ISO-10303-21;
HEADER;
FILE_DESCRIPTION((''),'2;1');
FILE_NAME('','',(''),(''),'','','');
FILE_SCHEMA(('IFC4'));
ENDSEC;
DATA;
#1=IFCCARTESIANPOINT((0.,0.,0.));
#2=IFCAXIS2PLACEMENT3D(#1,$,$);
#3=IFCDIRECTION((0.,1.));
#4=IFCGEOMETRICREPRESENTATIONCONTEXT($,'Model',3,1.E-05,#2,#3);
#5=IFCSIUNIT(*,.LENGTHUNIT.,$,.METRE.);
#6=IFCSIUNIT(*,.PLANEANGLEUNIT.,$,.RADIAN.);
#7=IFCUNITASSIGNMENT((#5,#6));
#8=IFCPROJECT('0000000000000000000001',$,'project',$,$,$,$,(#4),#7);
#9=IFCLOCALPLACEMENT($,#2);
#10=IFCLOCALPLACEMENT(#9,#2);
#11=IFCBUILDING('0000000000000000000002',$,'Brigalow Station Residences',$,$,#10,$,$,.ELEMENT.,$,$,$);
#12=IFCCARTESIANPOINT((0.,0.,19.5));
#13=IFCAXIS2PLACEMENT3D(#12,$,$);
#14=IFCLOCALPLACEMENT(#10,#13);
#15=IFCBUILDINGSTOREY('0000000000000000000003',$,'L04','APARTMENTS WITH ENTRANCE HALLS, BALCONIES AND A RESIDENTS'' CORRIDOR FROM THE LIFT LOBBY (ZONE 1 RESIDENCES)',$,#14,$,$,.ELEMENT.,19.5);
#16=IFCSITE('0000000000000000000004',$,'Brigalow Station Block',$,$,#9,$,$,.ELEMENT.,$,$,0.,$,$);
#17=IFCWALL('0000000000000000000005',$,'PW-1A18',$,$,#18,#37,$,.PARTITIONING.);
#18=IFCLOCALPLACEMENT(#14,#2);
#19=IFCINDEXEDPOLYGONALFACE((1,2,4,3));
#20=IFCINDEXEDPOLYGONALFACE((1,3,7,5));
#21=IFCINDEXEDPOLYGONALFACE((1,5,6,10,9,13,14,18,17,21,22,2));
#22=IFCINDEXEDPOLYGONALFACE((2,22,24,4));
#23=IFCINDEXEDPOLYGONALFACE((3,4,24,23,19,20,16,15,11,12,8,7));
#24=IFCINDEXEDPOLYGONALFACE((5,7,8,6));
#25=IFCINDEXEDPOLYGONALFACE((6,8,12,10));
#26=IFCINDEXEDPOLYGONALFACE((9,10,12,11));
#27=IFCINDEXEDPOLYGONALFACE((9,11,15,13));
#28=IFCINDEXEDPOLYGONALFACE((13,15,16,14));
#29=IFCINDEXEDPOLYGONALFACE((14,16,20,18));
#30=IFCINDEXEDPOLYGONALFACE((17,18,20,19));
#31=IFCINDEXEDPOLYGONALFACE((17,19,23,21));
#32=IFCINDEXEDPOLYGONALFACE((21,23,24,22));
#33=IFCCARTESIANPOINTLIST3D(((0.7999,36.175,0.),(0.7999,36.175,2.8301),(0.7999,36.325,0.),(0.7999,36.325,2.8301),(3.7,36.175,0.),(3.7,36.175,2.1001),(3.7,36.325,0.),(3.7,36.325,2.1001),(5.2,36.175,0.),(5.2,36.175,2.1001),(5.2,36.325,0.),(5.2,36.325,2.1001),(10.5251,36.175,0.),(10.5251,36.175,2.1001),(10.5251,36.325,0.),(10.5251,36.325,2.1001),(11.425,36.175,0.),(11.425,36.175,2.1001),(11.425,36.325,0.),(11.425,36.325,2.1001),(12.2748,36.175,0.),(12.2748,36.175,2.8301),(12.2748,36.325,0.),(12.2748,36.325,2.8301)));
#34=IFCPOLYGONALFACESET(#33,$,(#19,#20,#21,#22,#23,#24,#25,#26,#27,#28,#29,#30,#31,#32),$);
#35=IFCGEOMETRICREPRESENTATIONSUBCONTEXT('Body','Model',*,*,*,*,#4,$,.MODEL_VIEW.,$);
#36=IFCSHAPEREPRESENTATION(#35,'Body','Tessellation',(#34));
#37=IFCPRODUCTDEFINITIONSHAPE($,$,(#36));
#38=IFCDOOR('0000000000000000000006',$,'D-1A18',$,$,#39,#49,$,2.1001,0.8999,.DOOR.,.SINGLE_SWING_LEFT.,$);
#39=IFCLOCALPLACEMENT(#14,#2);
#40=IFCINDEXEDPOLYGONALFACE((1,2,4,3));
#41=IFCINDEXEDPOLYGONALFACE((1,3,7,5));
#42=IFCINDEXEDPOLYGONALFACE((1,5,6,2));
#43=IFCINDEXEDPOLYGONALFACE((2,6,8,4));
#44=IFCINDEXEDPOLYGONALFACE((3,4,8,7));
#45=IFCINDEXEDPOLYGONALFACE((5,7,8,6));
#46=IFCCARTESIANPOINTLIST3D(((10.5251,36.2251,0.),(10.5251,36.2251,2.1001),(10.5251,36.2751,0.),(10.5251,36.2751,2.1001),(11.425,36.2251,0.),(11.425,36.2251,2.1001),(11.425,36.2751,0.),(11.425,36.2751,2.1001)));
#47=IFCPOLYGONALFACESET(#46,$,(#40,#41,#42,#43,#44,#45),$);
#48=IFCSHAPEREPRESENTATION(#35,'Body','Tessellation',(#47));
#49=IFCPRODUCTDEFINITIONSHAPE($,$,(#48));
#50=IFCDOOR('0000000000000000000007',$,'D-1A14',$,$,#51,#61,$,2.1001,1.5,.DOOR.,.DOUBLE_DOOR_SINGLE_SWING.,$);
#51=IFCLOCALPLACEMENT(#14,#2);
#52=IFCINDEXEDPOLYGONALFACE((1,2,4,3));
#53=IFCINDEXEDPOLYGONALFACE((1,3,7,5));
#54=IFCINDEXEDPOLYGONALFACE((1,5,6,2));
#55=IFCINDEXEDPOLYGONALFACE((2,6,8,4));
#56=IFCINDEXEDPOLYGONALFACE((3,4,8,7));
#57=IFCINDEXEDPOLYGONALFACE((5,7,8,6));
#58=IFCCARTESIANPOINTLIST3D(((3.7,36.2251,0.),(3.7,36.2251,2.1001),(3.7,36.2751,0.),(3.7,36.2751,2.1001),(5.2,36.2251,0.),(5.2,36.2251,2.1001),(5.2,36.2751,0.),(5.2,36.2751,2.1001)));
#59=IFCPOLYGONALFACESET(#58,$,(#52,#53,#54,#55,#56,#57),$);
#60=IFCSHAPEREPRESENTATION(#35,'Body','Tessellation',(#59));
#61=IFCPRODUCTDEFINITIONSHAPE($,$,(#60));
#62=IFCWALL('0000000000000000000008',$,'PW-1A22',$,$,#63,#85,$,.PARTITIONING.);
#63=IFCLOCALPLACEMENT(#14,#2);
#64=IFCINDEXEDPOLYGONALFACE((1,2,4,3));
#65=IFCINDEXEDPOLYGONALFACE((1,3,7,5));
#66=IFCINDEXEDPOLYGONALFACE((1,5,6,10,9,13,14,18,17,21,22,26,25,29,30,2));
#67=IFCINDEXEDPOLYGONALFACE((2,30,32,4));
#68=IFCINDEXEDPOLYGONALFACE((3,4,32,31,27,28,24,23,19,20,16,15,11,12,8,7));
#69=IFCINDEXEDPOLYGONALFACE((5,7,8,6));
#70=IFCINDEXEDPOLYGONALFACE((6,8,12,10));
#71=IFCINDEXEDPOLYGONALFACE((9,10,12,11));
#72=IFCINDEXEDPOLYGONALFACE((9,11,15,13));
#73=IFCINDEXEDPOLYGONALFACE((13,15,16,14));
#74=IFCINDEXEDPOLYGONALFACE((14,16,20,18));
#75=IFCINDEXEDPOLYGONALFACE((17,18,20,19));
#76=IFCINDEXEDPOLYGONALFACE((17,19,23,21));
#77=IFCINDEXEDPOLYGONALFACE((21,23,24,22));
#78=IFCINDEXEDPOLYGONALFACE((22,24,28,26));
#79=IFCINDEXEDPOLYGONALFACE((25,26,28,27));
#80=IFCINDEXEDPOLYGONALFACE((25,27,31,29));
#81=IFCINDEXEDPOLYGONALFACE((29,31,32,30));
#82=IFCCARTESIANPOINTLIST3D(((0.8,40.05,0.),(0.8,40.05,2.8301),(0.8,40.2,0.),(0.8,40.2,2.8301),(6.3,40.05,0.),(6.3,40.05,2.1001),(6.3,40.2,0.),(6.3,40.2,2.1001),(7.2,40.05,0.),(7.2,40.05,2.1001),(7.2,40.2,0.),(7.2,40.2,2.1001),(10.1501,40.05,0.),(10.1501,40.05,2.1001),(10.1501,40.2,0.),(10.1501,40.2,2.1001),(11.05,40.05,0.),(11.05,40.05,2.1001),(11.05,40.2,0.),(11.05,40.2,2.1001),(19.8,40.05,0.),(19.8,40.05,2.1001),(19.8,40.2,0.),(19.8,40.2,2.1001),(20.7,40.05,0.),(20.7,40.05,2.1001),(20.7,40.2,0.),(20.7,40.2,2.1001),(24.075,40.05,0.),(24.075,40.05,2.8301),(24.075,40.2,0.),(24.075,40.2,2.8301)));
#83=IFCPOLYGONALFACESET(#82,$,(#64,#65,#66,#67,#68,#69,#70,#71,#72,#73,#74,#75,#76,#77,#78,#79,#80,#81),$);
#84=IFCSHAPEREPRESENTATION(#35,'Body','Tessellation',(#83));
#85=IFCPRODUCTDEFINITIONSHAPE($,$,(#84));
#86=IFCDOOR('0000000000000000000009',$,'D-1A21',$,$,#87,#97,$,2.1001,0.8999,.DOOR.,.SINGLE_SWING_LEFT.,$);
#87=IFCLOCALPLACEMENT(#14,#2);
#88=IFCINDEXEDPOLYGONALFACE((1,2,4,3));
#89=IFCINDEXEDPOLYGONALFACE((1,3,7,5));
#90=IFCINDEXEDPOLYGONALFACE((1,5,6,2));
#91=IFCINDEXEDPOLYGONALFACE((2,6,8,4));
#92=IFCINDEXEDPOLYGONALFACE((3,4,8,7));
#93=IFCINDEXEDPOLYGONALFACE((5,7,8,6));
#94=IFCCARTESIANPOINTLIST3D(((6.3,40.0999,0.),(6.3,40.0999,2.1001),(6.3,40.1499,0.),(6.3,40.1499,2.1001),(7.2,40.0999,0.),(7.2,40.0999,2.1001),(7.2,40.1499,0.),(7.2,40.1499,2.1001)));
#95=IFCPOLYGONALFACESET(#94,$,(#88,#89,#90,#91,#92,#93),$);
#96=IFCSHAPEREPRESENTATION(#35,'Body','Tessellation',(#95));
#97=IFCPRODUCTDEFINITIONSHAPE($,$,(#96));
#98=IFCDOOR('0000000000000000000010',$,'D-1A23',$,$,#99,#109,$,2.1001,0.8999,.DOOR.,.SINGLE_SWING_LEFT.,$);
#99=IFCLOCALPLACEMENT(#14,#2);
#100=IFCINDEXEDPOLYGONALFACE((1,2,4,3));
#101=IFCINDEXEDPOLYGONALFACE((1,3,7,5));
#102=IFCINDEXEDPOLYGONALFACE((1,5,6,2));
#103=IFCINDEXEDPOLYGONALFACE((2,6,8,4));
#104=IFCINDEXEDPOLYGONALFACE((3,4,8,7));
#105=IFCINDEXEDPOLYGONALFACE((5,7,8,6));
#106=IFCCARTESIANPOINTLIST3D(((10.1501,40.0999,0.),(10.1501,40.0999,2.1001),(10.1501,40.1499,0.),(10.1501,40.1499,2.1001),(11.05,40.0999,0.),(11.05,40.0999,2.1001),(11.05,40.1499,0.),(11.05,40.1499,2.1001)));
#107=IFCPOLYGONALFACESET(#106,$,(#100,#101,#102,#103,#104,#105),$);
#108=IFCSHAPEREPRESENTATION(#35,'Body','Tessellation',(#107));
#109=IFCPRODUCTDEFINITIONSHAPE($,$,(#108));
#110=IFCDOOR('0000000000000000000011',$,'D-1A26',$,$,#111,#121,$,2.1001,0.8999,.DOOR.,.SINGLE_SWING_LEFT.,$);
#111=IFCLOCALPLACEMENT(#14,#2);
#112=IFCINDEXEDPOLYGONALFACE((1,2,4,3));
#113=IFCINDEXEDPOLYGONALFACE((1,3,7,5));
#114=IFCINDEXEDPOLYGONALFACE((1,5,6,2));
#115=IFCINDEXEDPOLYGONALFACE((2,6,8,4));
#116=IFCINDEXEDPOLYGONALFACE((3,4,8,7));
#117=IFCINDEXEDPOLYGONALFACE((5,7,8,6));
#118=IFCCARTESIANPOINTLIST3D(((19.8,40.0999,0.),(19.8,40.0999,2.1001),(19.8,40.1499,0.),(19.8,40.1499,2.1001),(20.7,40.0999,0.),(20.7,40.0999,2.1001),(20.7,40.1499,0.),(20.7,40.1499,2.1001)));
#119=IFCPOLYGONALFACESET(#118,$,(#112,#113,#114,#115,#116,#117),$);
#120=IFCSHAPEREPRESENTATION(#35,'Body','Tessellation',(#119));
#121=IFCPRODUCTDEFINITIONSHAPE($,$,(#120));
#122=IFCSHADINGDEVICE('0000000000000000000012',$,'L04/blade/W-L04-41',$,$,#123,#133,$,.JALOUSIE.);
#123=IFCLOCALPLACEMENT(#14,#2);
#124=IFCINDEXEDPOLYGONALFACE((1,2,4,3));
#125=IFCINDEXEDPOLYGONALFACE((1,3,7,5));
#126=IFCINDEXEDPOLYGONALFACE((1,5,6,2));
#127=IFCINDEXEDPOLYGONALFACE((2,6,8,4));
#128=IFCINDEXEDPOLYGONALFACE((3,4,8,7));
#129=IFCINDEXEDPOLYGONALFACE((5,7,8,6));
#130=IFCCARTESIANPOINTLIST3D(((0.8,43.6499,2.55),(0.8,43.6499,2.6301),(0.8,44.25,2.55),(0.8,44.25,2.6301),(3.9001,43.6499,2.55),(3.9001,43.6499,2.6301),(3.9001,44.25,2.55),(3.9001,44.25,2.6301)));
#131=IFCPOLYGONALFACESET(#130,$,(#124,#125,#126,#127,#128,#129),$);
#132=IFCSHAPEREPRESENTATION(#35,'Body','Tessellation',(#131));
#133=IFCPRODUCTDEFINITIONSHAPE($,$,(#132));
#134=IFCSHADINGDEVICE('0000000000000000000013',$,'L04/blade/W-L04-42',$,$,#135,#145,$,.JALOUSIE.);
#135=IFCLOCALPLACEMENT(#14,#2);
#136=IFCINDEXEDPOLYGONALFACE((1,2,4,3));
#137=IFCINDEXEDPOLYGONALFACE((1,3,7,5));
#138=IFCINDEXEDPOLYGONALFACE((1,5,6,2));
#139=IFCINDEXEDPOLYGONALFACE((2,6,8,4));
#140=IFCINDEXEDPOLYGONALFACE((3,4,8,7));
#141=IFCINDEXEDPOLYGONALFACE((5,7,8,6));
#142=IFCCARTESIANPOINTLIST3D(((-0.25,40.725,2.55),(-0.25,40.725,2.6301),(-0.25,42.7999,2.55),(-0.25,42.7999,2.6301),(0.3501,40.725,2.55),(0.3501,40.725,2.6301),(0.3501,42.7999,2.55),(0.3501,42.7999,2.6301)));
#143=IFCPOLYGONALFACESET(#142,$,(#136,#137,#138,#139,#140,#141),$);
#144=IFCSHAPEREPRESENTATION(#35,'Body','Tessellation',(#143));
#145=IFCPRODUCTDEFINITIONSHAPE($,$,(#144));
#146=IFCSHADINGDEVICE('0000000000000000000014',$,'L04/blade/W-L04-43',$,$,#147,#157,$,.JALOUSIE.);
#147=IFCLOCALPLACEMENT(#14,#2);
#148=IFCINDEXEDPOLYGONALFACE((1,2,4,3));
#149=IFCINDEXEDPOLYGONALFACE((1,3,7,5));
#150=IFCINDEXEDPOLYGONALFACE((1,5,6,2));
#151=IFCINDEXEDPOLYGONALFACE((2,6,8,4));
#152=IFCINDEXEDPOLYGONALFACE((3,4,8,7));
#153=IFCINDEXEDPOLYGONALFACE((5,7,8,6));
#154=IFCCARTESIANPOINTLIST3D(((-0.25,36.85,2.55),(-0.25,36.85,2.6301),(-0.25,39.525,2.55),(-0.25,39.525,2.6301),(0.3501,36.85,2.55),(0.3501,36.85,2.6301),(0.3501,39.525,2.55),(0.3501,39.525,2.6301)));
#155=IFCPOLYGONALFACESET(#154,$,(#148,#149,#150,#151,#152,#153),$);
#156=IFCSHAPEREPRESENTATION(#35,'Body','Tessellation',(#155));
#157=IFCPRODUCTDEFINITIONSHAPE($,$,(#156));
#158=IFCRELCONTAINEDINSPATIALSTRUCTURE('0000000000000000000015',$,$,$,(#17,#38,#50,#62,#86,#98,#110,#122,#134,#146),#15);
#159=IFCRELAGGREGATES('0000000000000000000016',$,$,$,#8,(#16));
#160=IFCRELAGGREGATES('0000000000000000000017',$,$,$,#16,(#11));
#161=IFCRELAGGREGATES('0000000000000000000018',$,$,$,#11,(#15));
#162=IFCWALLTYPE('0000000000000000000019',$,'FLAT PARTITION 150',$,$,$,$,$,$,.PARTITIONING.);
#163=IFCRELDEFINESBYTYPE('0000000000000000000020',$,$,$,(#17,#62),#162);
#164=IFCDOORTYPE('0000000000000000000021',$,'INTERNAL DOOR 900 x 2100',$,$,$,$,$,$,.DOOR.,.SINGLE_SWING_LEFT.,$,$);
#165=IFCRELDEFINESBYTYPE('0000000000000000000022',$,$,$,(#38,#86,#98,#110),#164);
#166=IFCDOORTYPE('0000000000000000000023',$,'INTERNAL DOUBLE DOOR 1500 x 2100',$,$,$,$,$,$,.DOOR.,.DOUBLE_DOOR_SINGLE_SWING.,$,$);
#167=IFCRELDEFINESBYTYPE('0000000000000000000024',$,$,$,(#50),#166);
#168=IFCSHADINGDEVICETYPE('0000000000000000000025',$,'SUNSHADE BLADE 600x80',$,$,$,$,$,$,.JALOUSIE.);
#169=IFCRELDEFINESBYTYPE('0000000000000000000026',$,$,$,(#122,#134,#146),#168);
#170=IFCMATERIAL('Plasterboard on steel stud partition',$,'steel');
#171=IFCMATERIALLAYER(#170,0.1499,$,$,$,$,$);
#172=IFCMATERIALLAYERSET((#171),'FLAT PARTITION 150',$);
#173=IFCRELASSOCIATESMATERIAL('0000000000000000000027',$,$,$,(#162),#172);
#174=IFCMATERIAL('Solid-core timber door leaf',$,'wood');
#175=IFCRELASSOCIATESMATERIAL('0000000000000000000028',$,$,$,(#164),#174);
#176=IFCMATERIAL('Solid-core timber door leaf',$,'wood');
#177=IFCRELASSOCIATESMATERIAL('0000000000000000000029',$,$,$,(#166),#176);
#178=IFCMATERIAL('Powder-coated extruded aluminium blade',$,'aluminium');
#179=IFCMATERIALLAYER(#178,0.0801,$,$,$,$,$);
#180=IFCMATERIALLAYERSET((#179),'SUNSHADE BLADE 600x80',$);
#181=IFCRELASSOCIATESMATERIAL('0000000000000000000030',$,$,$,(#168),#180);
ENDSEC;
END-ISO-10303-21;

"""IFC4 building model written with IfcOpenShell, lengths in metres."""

from ifc_helpers import new_model, si_unit, direction, frame, frame_2d, origin, origin_2d, place, context, subcontext, project, spatial, rectangle, extrude, material, layer, layer_set, type_object, element, fill, save


model = new_model("IFC4")

# Units and contexts
model_context = context("Model", 3, precision=1e-05, world=origin(), true_north=direction((0.0, 1.0)))
body_context = subcontext(model_context, "Body", "Model", "MODEL_VIEW")
ifc_project = project(units=[si_unit("LENGTHUNIT", "METRE"), si_unit("PLANEANGLEUNIT", "RADIAN")], contexts=[model_context])

# Site, building, storey
site_placement = place(None, origin())
site = spatial("IfcSite", under=ifc_project, at=site_placement, Name="Brigalow Station Block", CompositionType="ELEMENT", RefElevation=0.0)
building_placement = place(site_placement, origin())
building = spatial("IfcBuilding", under=site, at=building_placement, Name="Brigalow Station Residences", CompositionType="ELEMENT")
storey_placement = place(building_placement, frame((0.0, 0.0, 19.5)))
storey = spatial("IfcBuildingStorey", under=building, at=storey_placement, Name="L04", Description="APARTMENTS WITH ENTRANCE HALLS, BALCONIES AND A RESIDENTS' CORRIDOR FROM THE LIFT LOBBY (ZONE 1 RESIDENCES)", CompositionType="ELEMENT", Elevation=19.5)

# Walls, openings, doors
ifc_material_1 = material(Name="Plasterboard on steel stud partition", Category="steel")
ifc_layer_1 = layer(ifc_material_1, 0.1499)
ifc_layer_set_1 = layer_set([ifc_layer_1], Name="FLAT PARTITION 150")
wall_type_1 = type_object("IfcWallType", Name="FLAT PARTITION 150", PredefinedType="PARTITIONING", material=ifc_layer_set_1)
wall_1_placement = place(storey_placement, frame((0.8, 36.25, 0.0), z_axis=(0.0, 0.0, 1.0), x_axis=(1.0, 0.0, 0.0)))
wall_1 = element("IfcWall", 1, at=wall_1_placement, inside=storey, type_object=wall_type_1, Name="PW-1A18", PredefinedType="PARTITIONING", context=body_context, shape_type="SweptSolid", body=[
    extrude(rectangle(XDim=11.4749, YDim=0.1499, at=frame_2d((5.7373, 0.0))), origin(), (0.0, 0.0, 1.0), 2.8301),
])
opening_1_placement = place(wall_1_placement, frame((2.8999, 0.0, 0.0)))
opening_1 = element("IfcOpeningElement", 2, at=opening_1_placement, cuts=wall_1, PredefinedType="OPENING", context=body_context, shape_type="SweptSolid", body=[
    extrude(rectangle(XDim=1.5, YDim=2.1001, at=frame_2d((0.75, 1.05))), frame((0.0, 0.085, 0.0), z_axis=(0.0, -1.0, 0.0), x_axis=(1.0, 0.0, 0.0)), (0.0, 0.0, 1.0), 0.1699),
])
opening_2_placement = place(wall_1_placement, frame((9.7251, 0.0, 0.0)))
opening_2 = element("IfcOpeningElement", 3, at=opening_2_placement, cuts=wall_1, PredefinedType="OPENING", context=body_context, shape_type="SweptSolid", body=[
    extrude(rectangle(XDim=0.8999, YDim=2.1001, at=frame_2d((0.45, 1.05))), frame((0.0, 0.085, 0.0), z_axis=(0.0, -1.0, 0.0), x_axis=(1.0, 0.0, 0.0)), (0.0, 0.0, 1.0), 0.1699),
])
ifc_material_2 = material(Name="Solid-core timber door leaf", Category="wood")
door_type_1 = type_object("IfcDoorType", Name="INTERNAL DOOR 900 x 2100", OperationType="SINGLE_SWING_LEFT", PredefinedType="DOOR", material=ifc_material_2)
door_1_placement = place(opening_2_placement, frame((0.8999, 0.0, 0.0), z_axis=(0.0, 0.0, 1.0), x_axis=(-1.0, 0.0, 0.0)))
door_1 = element("IfcDoor", 4, at=door_1_placement, inside=storey, type_object=door_type_1, Name="D-1A18", OperationType="SINGLE_SWING_LEFT", OverallHeight=2.1001, OverallWidth=0.8999, PredefinedType="DOOR", context=body_context, shape_type="SweptSolid", body=[
    extrude(rectangle(XDim=0.8999, YDim=2.1001, at=frame_2d((0.45, 1.05))), frame((0.0, 0.0249, 0.0), z_axis=(0.0, -1.0, 0.0), x_axis=(1.0, 0.0, 0.0)), (0.0, 0.0, 1.0), 0.05),
])
fill(opening_2, door_1)
ifc_material_3 = material(Name="Solid-core timber door leaf", Category="wood")
door_type_2 = type_object("IfcDoorType", Name="INTERNAL DOUBLE DOOR 1500 x 2100", OperationType="DOUBLE_DOOR_SINGLE_SWING", PredefinedType="DOOR", material=ifc_material_3)
door_2_placement = place(opening_1_placement, frame((1.5, 0.0, 0.0), z_axis=(0.0, 0.0, 1.0), x_axis=(-1.0, 0.0, 0.0)))
door_2 = element("IfcDoor", 5, at=door_2_placement, inside=storey, type_object=door_type_2, Name="D-1A14", OperationType="DOUBLE_DOOR_SINGLE_SWING", OverallHeight=2.1001, OverallWidth=1.5, PredefinedType="DOOR", context=body_context, shape_type="SweptSolid", body=[
    extrude(rectangle(XDim=1.5, YDim=2.1001, at=frame_2d((0.75, 1.05))), frame((0.0, 0.0249, 0.0), z_axis=(0.0, -1.0, 0.0), x_axis=(1.0, 0.0, 0.0)), (0.0, 0.0, 1.0), 0.05),
])
fill(opening_1, door_2)
wall_2_placement = place(storey_placement, frame((0.8, 40.125, 0.0), z_axis=(0.0, 0.0, 1.0), x_axis=(1.0, 0.0, 0.0)))
wall_2 = element("IfcWall", 6, at=wall_2_placement, inside=storey, type_object=wall_type_1, Name="PW-1A22", PredefinedType="PARTITIONING", context=body_context, shape_type="SweptSolid", body=[
    extrude(rectangle(XDim=23.2749, YDim=0.1499, at=frame_2d((11.6375, 0.0))), origin(), (0.0, 0.0, 1.0), 2.8301),
])
opening_3_placement = place(wall_2_placement, frame((5.5, 0.0, 0.0)))
opening_3 = element("IfcOpeningElement", 7, at=opening_3_placement, cuts=wall_2, PredefinedType="OPENING", context=body_context, shape_type="SweptSolid", body=[
    extrude(rectangle(XDim=0.8999, YDim=2.1001, at=frame_2d((0.45, 1.05))), frame((0.0, 0.085, 0.0), z_axis=(0.0, -1.0, 0.0), x_axis=(1.0, 0.0, 0.0)), (0.0, 0.0, 1.0), 0.1699),
])
opening_4_placement = place(wall_2_placement, frame((9.3501, 0.0, 0.0)))
opening_4 = element("IfcOpeningElement", 8, at=opening_4_placement, cuts=wall_2, PredefinedType="OPENING", context=body_context, shape_type="SweptSolid", body=[
    extrude(rectangle(XDim=0.8999, YDim=2.1001, at=frame_2d((0.45, 1.05))), frame((0.0, 0.085, 0.0), z_axis=(0.0, -1.0, 0.0), x_axis=(1.0, 0.0, 0.0)), (0.0, 0.0, 1.0), 0.1699),
])
opening_5_placement = place(wall_2_placement, frame((19.0, 0.0, 0.0)))
opening_5 = element("IfcOpeningElement", 9, at=opening_5_placement, cuts=wall_2, PredefinedType="OPENING", context=body_context, shape_type="SweptSolid", body=[
    extrude(rectangle(XDim=0.8999, YDim=2.1001, at=frame_2d((0.45, 1.05))), frame((0.0, 0.085, 0.0), z_axis=(0.0, -1.0, 0.0), x_axis=(1.0, 0.0, 0.0)), (0.0, 0.0, 1.0), 0.1699),
])
door_3_placement = place(opening_3_placement, origin())
door_3 = element("IfcDoor", 10, at=door_3_placement, inside=storey, type_object=door_type_1, Name="D-1A21", OperationType="SINGLE_SWING_LEFT", OverallHeight=2.1001, OverallWidth=0.8999, PredefinedType="DOOR", context=body_context, shape_type="SweptSolid", body=[
    extrude(rectangle(XDim=0.8999, YDim=2.1001, at=frame_2d((0.45, 1.05))), frame((0.0, 0.0249, 0.0), z_axis=(0.0, -1.0, 0.0), x_axis=(1.0, 0.0, 0.0)), (0.0, 0.0, 1.0), 0.05),
])
fill(opening_3, door_3)
door_4_placement = place(opening_4_placement, origin())
door_4 = element("IfcDoor", 11, at=door_4_placement, inside=storey, type_object=door_type_1, Name="D-1A23", OperationType="SINGLE_SWING_LEFT", OverallHeight=2.1001, OverallWidth=0.8999, PredefinedType="DOOR", context=body_context, shape_type="SweptSolid", body=[
    extrude(rectangle(XDim=0.8999, YDim=2.1001, at=frame_2d((0.45, 1.05))), frame((0.0, 0.0249, 0.0), z_axis=(0.0, -1.0, 0.0), x_axis=(1.0, 0.0, 0.0)), (0.0, 0.0, 1.0), 0.05),
])
fill(opening_4, door_4)
door_5_placement = place(opening_5_placement, origin())
door_5 = element("IfcDoor", 12, at=door_5_placement, inside=storey, type_object=door_type_1, Name="D-1A26", OperationType="SINGLE_SWING_LEFT", OverallHeight=2.1001, OverallWidth=0.8999, PredefinedType="DOOR", context=body_context, shape_type="SweptSolid", body=[
    extrude(rectangle(XDim=0.8999, YDim=2.1001, at=frame_2d((0.45, 1.05))), frame((0.0, 0.0249, 0.0), z_axis=(0.0, -1.0, 0.0), x_axis=(1.0, 0.0, 0.0)), (0.0, 0.0, 1.0), 0.05),
])
fill(opening_5, door_5)

# Shading devices
ifc_material_4 = material(Name="Powder-coated extruded aluminium blade", Category="aluminium")
ifc_layer_2 = layer(ifc_material_4, 0.0801)
ifc_layer_set_2 = layer_set([ifc_layer_2], Name="SUNSHADE BLADE 600x80")
shading_device_type = type_object("IfcShadingDeviceType", Name="SUNSHADE BLADE 600x80", PredefinedType="JALOUSIE", material=ifc_layer_set_2)
shading_device_1_placement = place(storey_placement, frame((2.3501, 43.95, 2.55), z_axis=(0.0, 0.0, 1.0), x_axis=(-1.0, 0.0, 0.0)))
element("IfcShadingDevice", 13, at=shading_device_1_placement, inside=storey, type_object=shading_device_type, Name="L04/blade/W-L04-41", PredefinedType="JALOUSIE", context=body_context, shape_type="SweptSolid", body=[
    extrude(rectangle(XDim=3.1001, YDim=0.6001, at=origin_2d()), origin(), (0.0, 0.0, 1.0), 0.0801),
])
shading_device_2_placement = place(storey_placement, frame((0.05, 41.7625, 2.55), z_axis=(0.0, 0.0, 1.0), x_axis=(0.0, -1.0, 0.0)))
element("IfcShadingDevice", 14, at=shading_device_2_placement, inside=storey, type_object=shading_device_type, Name="L04/blade/W-L04-42", PredefinedType="JALOUSIE", context=body_context, shape_type="SweptSolid", body=[
    extrude(rectangle(XDim=2.075, YDim=0.6001, at=origin_2d()), origin(), (0.0, 0.0, 1.0), 0.0801),
])
shading_device_3_placement = place(storey_placement, frame((0.05, 38.1875, 2.55), z_axis=(0.0, 0.0, 1.0), x_axis=(0.0, -1.0, 0.0)))
element("IfcShadingDevice", 15, at=shading_device_3_placement, inside=storey, type_object=shading_device_type, Name="L04/blade/W-L04-43", PredefinedType="JALOUSIE", context=body_context, shape_type="SweptSolid", body=[
    extrude(rectangle(XDim=2.675, YDim=0.6001, at=origin_2d()), origin(), (0.0, 0.0, 1.0), 0.0801),
])

save(model, "model.ifc")
